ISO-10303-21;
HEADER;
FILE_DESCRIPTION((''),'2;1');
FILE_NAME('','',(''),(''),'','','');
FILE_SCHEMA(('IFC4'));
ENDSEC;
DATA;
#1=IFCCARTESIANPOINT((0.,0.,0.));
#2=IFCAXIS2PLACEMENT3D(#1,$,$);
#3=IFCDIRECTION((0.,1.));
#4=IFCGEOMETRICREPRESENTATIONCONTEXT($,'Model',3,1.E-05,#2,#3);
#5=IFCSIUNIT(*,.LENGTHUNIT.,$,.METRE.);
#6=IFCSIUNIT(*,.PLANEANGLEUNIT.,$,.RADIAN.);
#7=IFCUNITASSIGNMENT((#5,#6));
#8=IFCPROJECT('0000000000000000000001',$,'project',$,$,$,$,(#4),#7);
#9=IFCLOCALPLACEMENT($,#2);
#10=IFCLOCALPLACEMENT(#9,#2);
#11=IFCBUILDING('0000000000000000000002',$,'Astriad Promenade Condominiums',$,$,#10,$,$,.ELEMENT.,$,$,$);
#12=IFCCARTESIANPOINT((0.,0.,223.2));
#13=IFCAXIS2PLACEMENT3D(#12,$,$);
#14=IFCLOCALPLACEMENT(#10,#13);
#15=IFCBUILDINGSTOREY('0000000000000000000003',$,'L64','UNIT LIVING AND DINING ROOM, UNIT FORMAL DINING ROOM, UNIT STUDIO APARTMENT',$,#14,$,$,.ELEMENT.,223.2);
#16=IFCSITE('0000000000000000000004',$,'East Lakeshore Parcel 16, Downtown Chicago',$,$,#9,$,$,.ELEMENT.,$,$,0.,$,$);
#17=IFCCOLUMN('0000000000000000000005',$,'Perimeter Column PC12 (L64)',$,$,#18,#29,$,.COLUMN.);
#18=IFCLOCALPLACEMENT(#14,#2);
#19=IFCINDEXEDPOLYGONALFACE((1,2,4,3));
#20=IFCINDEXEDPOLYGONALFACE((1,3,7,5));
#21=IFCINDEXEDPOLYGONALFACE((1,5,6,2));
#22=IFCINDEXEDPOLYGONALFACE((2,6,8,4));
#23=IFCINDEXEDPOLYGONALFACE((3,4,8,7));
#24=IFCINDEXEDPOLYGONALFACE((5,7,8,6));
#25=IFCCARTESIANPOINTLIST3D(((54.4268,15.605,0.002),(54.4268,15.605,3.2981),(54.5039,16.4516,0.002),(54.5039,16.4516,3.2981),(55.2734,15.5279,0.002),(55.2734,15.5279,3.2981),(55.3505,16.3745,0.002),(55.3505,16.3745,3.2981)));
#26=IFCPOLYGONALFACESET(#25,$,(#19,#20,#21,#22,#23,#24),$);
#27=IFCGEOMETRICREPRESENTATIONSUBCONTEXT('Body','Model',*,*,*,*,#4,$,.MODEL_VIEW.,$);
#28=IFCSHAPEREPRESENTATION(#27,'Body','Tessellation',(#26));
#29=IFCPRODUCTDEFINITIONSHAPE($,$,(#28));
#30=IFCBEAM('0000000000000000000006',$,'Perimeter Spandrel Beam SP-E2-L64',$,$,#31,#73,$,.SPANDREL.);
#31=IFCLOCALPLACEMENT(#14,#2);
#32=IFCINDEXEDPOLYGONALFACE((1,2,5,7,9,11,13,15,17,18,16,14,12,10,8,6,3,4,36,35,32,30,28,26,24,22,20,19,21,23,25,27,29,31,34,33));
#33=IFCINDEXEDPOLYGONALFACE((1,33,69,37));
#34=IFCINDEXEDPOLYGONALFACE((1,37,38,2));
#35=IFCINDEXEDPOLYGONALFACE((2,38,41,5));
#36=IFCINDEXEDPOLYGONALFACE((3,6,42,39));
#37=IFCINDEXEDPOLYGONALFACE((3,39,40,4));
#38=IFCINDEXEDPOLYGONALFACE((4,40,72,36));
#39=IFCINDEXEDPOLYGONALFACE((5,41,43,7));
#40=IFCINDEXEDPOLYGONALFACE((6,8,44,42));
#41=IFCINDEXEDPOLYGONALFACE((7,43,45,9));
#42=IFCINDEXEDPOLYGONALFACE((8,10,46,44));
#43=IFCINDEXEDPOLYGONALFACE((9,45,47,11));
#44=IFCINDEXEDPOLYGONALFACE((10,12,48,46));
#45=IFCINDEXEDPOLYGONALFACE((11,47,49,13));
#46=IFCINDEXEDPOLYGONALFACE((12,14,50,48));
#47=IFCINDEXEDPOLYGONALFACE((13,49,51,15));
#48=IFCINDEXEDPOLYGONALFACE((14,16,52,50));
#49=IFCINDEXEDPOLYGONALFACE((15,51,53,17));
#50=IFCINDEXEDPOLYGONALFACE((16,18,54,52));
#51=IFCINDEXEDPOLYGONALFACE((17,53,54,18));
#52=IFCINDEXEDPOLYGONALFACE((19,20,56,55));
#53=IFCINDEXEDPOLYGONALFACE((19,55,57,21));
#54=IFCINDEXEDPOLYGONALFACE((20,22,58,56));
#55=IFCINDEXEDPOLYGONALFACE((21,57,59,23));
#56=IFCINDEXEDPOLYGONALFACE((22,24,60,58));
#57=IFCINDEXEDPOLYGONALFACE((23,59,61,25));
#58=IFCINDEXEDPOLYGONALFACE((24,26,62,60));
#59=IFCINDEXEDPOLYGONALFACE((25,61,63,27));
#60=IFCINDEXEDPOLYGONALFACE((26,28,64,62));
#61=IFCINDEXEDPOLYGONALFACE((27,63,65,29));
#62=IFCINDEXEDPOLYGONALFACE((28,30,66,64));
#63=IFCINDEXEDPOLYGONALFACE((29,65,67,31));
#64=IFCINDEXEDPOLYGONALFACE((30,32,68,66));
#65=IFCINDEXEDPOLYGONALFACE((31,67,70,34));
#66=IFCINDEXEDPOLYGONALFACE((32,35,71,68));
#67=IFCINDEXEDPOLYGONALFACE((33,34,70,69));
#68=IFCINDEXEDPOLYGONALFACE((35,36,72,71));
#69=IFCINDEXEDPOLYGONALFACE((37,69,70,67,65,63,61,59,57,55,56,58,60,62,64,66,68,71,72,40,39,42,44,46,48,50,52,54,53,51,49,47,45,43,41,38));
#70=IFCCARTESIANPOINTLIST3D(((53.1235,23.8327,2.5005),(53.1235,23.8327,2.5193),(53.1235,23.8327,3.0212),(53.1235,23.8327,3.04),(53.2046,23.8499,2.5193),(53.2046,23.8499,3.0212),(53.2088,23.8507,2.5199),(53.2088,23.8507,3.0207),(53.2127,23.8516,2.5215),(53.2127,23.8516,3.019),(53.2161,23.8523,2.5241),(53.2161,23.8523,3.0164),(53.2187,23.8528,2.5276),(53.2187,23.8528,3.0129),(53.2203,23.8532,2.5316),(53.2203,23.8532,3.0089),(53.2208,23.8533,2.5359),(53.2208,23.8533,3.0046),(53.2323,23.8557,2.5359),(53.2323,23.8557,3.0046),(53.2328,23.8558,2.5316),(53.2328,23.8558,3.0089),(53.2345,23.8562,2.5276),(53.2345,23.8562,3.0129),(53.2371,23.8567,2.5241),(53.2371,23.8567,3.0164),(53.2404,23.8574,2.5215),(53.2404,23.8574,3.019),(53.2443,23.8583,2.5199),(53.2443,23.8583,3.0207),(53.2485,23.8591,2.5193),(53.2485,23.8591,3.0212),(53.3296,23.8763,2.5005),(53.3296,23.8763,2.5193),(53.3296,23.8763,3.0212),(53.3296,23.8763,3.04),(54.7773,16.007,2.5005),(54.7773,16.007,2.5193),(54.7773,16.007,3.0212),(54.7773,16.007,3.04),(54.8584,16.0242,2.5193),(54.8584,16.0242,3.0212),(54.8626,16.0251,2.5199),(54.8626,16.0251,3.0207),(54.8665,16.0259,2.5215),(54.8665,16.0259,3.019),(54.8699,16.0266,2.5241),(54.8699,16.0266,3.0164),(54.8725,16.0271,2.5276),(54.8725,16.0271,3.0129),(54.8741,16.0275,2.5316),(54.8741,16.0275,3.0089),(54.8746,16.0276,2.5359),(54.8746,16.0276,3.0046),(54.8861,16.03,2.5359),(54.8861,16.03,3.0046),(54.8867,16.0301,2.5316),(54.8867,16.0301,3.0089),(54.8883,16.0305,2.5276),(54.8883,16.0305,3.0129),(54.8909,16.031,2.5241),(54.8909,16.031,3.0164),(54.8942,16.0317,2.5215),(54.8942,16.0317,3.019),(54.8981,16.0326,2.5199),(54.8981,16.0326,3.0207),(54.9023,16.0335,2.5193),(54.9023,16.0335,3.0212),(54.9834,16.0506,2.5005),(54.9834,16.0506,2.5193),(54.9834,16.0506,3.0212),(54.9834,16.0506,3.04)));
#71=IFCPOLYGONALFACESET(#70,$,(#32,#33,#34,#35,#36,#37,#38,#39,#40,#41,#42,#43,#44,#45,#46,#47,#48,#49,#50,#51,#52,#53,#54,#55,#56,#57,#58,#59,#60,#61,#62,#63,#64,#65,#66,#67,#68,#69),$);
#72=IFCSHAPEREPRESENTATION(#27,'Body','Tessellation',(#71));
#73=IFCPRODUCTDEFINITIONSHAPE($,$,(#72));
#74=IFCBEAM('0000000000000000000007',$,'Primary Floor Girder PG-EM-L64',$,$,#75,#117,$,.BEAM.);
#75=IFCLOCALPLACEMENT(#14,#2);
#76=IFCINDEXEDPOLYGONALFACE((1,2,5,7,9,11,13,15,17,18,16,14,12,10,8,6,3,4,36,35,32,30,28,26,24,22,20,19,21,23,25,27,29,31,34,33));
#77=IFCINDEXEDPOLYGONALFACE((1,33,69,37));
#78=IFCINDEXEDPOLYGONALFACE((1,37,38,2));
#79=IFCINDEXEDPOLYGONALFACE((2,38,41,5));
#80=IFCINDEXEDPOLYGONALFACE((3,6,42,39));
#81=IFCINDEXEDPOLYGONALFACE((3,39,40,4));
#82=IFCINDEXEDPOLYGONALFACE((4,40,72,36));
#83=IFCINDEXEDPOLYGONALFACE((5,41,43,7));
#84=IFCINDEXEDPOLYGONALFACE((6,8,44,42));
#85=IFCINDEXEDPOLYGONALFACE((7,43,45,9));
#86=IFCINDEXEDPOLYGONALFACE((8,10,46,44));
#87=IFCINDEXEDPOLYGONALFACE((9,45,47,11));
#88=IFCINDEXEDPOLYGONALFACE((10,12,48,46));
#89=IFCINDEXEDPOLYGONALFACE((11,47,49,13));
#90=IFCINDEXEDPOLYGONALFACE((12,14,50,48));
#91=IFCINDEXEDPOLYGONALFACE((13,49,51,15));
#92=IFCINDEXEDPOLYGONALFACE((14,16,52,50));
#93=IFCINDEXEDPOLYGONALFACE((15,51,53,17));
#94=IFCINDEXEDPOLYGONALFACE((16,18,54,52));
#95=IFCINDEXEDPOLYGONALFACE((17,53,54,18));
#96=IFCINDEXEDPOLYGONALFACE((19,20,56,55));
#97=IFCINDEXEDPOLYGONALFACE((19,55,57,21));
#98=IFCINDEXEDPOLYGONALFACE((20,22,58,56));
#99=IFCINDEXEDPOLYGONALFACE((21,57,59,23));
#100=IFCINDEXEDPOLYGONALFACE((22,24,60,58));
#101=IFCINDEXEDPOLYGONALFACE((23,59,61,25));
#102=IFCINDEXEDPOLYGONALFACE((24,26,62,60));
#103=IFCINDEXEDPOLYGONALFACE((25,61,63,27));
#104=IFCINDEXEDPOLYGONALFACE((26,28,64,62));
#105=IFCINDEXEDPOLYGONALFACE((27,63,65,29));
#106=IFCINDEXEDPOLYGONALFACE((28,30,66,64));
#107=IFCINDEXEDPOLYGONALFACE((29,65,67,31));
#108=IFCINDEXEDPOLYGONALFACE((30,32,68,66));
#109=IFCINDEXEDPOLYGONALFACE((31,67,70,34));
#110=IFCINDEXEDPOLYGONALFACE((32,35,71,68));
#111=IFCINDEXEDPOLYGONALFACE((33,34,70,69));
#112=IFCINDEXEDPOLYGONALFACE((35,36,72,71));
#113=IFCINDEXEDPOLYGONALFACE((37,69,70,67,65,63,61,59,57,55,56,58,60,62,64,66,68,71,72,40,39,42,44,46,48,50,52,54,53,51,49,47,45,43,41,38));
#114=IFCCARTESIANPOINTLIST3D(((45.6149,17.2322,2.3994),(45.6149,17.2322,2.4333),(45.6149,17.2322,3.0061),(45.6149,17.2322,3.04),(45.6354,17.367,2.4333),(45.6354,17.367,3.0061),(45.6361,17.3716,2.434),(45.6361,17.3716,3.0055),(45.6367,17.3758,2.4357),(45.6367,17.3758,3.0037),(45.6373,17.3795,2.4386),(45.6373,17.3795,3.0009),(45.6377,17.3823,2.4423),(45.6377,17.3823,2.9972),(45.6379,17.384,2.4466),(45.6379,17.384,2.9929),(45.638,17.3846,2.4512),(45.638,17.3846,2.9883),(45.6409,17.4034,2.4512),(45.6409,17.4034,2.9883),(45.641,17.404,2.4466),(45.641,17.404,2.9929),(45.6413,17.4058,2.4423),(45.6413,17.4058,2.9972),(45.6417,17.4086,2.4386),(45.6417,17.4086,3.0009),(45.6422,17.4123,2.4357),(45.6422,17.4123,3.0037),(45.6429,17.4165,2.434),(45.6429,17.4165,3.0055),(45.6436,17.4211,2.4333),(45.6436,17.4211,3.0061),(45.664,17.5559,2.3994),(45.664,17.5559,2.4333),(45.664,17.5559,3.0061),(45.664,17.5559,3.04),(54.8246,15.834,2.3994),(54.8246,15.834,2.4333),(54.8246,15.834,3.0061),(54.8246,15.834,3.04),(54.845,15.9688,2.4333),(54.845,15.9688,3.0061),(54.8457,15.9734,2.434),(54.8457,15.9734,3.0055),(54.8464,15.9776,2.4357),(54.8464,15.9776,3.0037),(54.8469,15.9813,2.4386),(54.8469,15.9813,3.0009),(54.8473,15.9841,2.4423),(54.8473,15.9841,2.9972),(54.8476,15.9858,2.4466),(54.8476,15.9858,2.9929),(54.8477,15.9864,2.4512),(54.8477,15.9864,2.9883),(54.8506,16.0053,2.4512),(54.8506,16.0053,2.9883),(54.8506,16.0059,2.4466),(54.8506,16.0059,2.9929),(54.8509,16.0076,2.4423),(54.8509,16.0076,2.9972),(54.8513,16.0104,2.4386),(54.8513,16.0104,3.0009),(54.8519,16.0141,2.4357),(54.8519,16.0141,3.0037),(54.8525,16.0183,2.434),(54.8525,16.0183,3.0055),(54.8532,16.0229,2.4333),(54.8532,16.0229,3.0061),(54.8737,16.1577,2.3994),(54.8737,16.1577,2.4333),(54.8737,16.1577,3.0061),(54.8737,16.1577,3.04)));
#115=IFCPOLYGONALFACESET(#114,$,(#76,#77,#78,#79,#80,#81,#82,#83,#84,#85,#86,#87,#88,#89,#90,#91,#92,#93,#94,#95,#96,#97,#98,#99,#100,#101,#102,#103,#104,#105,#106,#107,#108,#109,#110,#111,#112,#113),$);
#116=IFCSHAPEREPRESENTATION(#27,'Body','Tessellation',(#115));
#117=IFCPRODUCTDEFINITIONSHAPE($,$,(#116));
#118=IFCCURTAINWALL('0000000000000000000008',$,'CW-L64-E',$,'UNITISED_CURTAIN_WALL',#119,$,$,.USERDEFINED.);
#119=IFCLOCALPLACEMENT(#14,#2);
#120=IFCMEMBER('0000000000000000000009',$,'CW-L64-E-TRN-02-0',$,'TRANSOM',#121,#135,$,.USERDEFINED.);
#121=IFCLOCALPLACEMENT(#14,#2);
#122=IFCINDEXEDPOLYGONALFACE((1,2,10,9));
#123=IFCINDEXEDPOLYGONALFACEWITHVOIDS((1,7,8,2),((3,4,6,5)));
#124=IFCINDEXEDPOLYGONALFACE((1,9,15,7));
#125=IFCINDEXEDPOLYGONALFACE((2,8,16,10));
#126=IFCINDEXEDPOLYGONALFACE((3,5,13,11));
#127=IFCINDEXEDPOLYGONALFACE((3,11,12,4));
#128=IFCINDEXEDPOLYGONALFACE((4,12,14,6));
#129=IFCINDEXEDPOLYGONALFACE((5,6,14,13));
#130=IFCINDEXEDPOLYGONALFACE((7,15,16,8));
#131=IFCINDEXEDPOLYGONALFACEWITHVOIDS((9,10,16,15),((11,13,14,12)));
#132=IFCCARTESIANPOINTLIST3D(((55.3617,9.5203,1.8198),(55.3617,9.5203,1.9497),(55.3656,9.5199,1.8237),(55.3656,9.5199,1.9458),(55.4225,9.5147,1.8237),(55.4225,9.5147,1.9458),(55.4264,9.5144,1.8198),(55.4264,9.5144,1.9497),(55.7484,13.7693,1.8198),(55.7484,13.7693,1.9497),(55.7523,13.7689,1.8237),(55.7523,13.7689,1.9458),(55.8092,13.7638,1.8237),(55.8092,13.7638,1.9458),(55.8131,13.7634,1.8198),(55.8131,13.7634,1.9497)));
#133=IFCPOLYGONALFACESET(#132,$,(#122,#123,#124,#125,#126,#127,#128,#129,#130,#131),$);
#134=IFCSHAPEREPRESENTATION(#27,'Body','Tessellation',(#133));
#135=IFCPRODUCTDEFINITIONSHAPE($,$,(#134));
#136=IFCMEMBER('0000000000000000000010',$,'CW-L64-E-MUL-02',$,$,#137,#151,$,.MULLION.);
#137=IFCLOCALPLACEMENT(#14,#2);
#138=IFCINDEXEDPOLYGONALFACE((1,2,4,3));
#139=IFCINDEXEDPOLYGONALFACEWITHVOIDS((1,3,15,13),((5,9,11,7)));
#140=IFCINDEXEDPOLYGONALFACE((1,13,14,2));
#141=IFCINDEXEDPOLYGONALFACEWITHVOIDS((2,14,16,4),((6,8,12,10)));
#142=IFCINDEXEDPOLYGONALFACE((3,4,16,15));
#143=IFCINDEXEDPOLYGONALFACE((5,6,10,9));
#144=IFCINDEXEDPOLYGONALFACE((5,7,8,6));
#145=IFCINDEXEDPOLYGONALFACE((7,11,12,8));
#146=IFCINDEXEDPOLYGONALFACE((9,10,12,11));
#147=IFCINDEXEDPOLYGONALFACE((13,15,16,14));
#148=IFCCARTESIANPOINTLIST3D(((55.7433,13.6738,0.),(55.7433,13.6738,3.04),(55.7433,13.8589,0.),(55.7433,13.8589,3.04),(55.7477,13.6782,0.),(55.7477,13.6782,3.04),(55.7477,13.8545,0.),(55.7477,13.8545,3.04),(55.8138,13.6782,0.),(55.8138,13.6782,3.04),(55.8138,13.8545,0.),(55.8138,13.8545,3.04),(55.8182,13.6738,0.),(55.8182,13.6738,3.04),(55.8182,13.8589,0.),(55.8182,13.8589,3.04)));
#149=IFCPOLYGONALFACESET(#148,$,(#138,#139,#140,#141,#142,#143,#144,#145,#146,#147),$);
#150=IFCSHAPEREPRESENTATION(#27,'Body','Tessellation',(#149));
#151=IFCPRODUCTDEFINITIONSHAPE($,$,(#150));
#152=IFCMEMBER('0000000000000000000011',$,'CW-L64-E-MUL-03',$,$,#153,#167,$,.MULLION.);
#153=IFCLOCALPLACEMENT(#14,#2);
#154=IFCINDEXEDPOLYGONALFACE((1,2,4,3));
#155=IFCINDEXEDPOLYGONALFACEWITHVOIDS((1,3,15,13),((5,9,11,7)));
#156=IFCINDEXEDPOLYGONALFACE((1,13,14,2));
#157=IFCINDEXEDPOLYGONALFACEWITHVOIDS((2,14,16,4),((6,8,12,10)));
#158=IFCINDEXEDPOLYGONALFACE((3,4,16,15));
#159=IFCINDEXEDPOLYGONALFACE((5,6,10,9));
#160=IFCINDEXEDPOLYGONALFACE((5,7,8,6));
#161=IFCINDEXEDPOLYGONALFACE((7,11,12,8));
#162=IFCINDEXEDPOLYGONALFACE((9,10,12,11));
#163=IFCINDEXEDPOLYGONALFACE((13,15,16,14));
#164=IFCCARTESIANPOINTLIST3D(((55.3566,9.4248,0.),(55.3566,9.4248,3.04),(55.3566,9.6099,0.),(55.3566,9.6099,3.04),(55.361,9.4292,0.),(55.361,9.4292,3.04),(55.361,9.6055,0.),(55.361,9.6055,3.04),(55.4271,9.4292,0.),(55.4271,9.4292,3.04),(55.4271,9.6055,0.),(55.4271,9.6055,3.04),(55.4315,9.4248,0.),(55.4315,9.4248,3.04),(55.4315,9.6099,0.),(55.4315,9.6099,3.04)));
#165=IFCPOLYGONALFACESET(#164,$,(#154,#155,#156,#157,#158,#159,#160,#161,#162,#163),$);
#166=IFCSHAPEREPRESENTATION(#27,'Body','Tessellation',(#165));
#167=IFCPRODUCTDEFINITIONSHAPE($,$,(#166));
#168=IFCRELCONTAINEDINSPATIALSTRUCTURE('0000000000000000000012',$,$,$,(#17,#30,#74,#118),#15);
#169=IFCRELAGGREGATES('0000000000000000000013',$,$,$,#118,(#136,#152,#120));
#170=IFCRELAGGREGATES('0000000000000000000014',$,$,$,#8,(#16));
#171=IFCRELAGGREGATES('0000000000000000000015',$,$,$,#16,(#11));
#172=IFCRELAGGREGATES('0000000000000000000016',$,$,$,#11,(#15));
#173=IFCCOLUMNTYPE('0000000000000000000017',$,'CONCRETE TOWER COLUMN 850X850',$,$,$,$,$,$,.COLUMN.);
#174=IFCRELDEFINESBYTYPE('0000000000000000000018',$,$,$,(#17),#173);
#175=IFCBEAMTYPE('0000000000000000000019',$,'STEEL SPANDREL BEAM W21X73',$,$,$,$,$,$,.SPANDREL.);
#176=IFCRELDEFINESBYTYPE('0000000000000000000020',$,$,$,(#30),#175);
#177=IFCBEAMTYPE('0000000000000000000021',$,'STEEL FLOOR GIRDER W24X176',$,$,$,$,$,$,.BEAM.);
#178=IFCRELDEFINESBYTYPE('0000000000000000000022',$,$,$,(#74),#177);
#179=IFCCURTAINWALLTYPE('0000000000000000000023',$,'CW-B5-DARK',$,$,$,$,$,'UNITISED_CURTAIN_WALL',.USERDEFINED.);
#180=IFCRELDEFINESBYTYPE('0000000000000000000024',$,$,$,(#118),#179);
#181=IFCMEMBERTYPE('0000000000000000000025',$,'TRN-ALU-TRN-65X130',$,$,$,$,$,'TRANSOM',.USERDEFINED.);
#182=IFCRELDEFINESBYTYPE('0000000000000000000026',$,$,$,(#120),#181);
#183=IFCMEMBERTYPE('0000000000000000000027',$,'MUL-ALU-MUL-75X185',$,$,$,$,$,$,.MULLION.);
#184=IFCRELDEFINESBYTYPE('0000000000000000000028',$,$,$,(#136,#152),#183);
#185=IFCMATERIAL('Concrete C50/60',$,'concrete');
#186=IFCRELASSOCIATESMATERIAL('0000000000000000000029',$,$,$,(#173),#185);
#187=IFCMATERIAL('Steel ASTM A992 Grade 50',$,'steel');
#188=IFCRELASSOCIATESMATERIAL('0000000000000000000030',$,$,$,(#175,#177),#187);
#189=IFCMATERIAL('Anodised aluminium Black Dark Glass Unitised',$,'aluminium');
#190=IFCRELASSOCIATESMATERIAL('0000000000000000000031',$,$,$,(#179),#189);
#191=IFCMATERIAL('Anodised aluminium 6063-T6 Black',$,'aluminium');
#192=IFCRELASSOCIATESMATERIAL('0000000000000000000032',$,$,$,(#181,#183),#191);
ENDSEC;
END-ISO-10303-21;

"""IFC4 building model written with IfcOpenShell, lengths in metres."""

from ifc_helpers import new_model, si_unit, direction, frame, origin, origin_2d, place, context, subcontext, project, spatial, rectangle, hollow_rectangle, i_section, extrude, source, transform, mapped, material, material_profile, profile_set, type_object, type_shapes, element, aggregate, save


model = new_model("IFC4")

# Units and contexts
model_context = context("Model", 3, precision=1e-05, world=origin(), true_north=direction((0.0, 1.0)))
body_context = subcontext(model_context, "Body", "Model", "MODEL_VIEW")
ifc_project = project(units=[si_unit("LENGTHUNIT", "METRE"), si_unit("PLANEANGLEUNIT", "RADIAN")], contexts=[model_context])

# Site, building, storey
site_placement = place(None, origin())
site = spatial("IfcSite", under=ifc_project, at=site_placement, Name="East Lakeshore Parcel 16, Downtown Chicago", CompositionType="ELEMENT", RefElevation=0.0)
building_placement = place(site_placement, origin())
building = spatial("IfcBuilding", under=site, at=building_placement, Name="Astriad Promenade Condominiums", CompositionType="ELEMENT")
storey_placement = place(building_placement, frame((0.0, 0.0, 223.2)))
storey = spatial("IfcBuildingStorey", under=building, at=storey_placement, Name="L64", Description="UNIT LIVING AND DINING ROOM, UNIT FORMAL DINING ROOM, UNIT STUDIO APARTMENT", CompositionType="ELEMENT", Elevation=223.2)

# Column
ifc_material_1 = material(Name="Concrete C50/60", Category="concrete")
ifc_material_profile_1 = material_profile(ifc_material_1, rectangle(XDim=0.8501, YDim=0.8501, at=origin_2d()), Name="RC-COL-850X850")
ifc_profile_set_1 = profile_set([ifc_material_profile_1], Name="Concrete C50/60")
column_type = type_object("IfcColumnType", Name="CONCRETE TOWER COLUMN 850X850", PredefinedType="COLUMN", material=ifc_profile_set_1)
shared_shape_1 = source(origin(), body_context, "Body", "SweptSolid", [
    extrude(rectangle(XDim=0.8501, YDim=0.8501, at=origin_2d()), origin(), (0.0, 0.0, 1.0), 3.2961),
])
type_shapes(column_type, [shared_shape_1])
column_placement = place(storey_placement, frame((54.8887, 15.9897, 0.002), z_axis=(0.0, 0.0, 1.0), x_axis=(0.995884, -0.090633, 0.0)))
element("IfcColumn", 1, at=column_placement, inside=storey, type_object=column_type, Name="Perimeter Column PC12 (L64)", PredefinedType="COLUMN", context=body_context, shape_type="MappedRepresentation", body=[
    mapped(shared_shape_1, transform((0.0, 0.0, 0.0), scale=1.0)),
])

# Beams
ifc_material_2 = material(Name="Steel ASTM A992 Grade 50", Category="steel")
ifc_material_profile_2 = material_profile(ifc_material_2, i_section(OverallWidth=0.2107, OverallDepth=0.5396, WebThickness=0.0117, FlangeThickness=0.0188, FilletRadius=0.0166, at=origin_2d()), Name="W21X73")
ifc_profile_set_2 = profile_set([ifc_material_profile_2], Name="Steel ASTM A992 Grade 50")
beam_type_1 = type_object("IfcBeamType", Name="STEEL SPANDREL BEAM W21X73", PredefinedType="SPANDREL", material=ifc_profile_set_2)
shared_shape_2 = source(origin(), body_context, "Body", "SweptSolid", [
    extrude(i_section(OverallWidth=0.2107, OverallDepth=0.5396, WebThickness=0.0117, FlangeThickness=0.0188, FilletRadius=0.0166, at=origin_2d()), origin(), (0.0, 0.0, 1.0), 7.9985),
])
type_shapes(beam_type_1, [shared_shape_2])
beam_1_placement = place(storey_placement, frame((54.8804, 16.0288, 2.7703), z_axis=(-0.206764, 0.978391, 0.0), x_axis=(-0.978391, -0.206764, 0.0)))
element("IfcBeam", 2, at=beam_1_placement, inside=storey, type_object=beam_type_1, Name="Perimeter Spandrel Beam SP-E2-L64", PredefinedType="SPANDREL", context=body_context, shape_type="MappedRepresentation", body=[
    mapped(shared_shape_2, transform((0.0, 0.0, 0.0), scale=1.0)),
])
ifc_material_profile_3 = material_profile(ifc_material_2, i_section(OverallWidth=0.3274, OverallDepth=0.6406, WebThickness=0.019, FlangeThickness=0.0339, FilletRadius=0.0178, at=origin_2d()), Name="W24X176")
ifc_profile_set_3 = profile_set([ifc_material_profile_3], Name="Steel ASTM A992 Grade 50")
beam_type_2 = type_object("IfcBeamType", Name="STEEL FLOOR GIRDER W24X176", PredefinedType="BEAM", material=ifc_profile_set_3)
shared_shape_3 = source(origin(), body_context, "Body", "SweptSolid", [
    extrude(i_section(OverallWidth=0.3274, OverallDepth=0.6406, WebThickness=0.019, FlangeThickness=0.0339, FilletRadius=0.0178, at=origin_2d()), origin(), (0.0, 0.0, 1.0), 9.3152),
])
type_shapes(beam_type_2, [shared_shape_3])
beam_2_placement = place(storey_placement, frame((54.8491, 15.9958, 2.7197), z_axis=(-0.988671, 0.150097, 0.0), x_axis=(-0.150097, -0.988671, 0.0)))
element("IfcBeam", 3, at=beam_2_placement, inside=storey, type_object=beam_type_2, Name="Primary Floor Girder PG-EM-L64", PredefinedType="BEAM", context=body_context, shape_type="MappedRepresentation", body=[
    mapped(shared_shape_3, transform((0.0, 0.0, 0.0), scale=1.0)),
])

# Curtain wall, members
ifc_material_3 = material(Name="Anodised aluminium Black Dark Glass Unitised", Category="aluminium")
curtain_wall_type = type_object("IfcCurtainWallType", Name="CW-B5-DARK", ElementType="UNITISED_CURTAIN_WALL", PredefinedType="USERDEFINED", material=ifc_material_3)
curtain_wall_placement = place(storey_placement, origin())
curtain_wall = element("IfcCurtainWall", 4, at=curtain_wall_placement, inside=storey, type_object=curtain_wall_type, Name="CW-L64-E", ObjectType="UNITISED_CURTAIN_WALL", PredefinedType="USERDEFINED")
ifc_material_4 = material(Name="Anodised aluminium 6063-T6 Black", Category="aluminium")
ifc_material_profile_4 = material_profile(ifc_material_4, hollow_rectangle(XDim=0.0649, YDim=0.1299, WallThickness=0.0039, at=origin_2d()), Name="ALU-TRN-65X130")
ifc_profile_set_4 = profile_set([ifc_material_profile_4], Name="Anodised aluminium 6063-T6 Black")
member_type_1 = type_object("IfcMemberType", Name="TRN-ALU-TRN-65X130", ElementType="TRANSOM", PredefinedType="USERDEFINED", material=ifc_profile_set_4)
shared_shape_4 = source(origin(), body_context, "Body", "SweptSolid", [
    extrude(hollow_rectangle(XDim=0.0649, YDim=0.1299, WallThickness=0.0039, at=origin_2d()), origin(), (0.0, 0.0, 1.0), 4.2666),
])
type_shapes(member_type_1, [shared_shape_4])
member_1_placement = place(storey_placement, frame((55.7808, 13.7664, 1.8848), z_axis=(-0.090639, -0.995884, 0.0), x_axis=(0.995884, -0.090639, 0.0)))
member_1 = element("IfcMember", 5, at=member_1_placement, type_object=member_type_1, Name="CW-L64-E-TRN-02-0", ObjectType="TRANSOM", PredefinedType="USERDEFINED", context=body_context, shape_type="MappedRepresentation", body=[
    mapped(shared_shape_4, transform((0.0, 0.0, 0.0), scale=1.0)),
])
ifc_material_profile_5 = material_profile(ifc_material_4, hollow_rectangle(XDim=0.075, YDim=0.1851, WallThickness=0.0044, at=origin_2d()), Name="ALU-MUL-75X185")
ifc_profile_set_5 = profile_set([ifc_material_profile_5], Name="Anodised aluminium 6063-T6 Black")
member_type_2 = type_object("IfcMemberType", Name="MUL-ALU-MUL-75X185", PredefinedType="MULLION", material=ifc_profile_set_5)
shared_shape_5 = source(origin(), body_context, "Body", "SweptSolid", [
    extrude(hollow_rectangle(XDim=0.075, YDim=0.1851, WallThickness=0.0044, at=origin_2d()), origin(), (0.0, 0.0, 1.0), 3.04),
])
type_shapes(member_type_2, [shared_shape_5])
member_2_placement = place(storey_placement, frame((55.7808, 13.7664, 0.0), z_axis=(0.0, 0.0, 1.0), x_axis=(1.0, 0.0, 0.0)))
member_2 = element("IfcMember", 6, at=member_2_placement, type_object=member_type_2, Name="CW-L64-E-MUL-02", PredefinedType="MULLION", context=body_context, shape_type="MappedRepresentation", body=[
    mapped(shared_shape_5, transform((0.0, 0.0, 0.0), scale=1.0)),
])
member_3_placement = place(storey_placement, frame((55.394, 9.5173, 0.0), z_axis=(0.0, 0.0, 1.0), x_axis=(1.0, 0.0, 0.0)))
member_3 = element("IfcMember", 7, at=member_3_placement, type_object=member_type_2, Name="CW-L64-E-MUL-03", PredefinedType="MULLION", context=body_context, shape_type="MappedRepresentation", body=[
    mapped(shared_shape_5, transform((0.0, 0.0, 0.0), scale=1.0)),
])
aggregate(curtain_wall, [member_2, member_3, member_1])

save(model, "model.ifc")
